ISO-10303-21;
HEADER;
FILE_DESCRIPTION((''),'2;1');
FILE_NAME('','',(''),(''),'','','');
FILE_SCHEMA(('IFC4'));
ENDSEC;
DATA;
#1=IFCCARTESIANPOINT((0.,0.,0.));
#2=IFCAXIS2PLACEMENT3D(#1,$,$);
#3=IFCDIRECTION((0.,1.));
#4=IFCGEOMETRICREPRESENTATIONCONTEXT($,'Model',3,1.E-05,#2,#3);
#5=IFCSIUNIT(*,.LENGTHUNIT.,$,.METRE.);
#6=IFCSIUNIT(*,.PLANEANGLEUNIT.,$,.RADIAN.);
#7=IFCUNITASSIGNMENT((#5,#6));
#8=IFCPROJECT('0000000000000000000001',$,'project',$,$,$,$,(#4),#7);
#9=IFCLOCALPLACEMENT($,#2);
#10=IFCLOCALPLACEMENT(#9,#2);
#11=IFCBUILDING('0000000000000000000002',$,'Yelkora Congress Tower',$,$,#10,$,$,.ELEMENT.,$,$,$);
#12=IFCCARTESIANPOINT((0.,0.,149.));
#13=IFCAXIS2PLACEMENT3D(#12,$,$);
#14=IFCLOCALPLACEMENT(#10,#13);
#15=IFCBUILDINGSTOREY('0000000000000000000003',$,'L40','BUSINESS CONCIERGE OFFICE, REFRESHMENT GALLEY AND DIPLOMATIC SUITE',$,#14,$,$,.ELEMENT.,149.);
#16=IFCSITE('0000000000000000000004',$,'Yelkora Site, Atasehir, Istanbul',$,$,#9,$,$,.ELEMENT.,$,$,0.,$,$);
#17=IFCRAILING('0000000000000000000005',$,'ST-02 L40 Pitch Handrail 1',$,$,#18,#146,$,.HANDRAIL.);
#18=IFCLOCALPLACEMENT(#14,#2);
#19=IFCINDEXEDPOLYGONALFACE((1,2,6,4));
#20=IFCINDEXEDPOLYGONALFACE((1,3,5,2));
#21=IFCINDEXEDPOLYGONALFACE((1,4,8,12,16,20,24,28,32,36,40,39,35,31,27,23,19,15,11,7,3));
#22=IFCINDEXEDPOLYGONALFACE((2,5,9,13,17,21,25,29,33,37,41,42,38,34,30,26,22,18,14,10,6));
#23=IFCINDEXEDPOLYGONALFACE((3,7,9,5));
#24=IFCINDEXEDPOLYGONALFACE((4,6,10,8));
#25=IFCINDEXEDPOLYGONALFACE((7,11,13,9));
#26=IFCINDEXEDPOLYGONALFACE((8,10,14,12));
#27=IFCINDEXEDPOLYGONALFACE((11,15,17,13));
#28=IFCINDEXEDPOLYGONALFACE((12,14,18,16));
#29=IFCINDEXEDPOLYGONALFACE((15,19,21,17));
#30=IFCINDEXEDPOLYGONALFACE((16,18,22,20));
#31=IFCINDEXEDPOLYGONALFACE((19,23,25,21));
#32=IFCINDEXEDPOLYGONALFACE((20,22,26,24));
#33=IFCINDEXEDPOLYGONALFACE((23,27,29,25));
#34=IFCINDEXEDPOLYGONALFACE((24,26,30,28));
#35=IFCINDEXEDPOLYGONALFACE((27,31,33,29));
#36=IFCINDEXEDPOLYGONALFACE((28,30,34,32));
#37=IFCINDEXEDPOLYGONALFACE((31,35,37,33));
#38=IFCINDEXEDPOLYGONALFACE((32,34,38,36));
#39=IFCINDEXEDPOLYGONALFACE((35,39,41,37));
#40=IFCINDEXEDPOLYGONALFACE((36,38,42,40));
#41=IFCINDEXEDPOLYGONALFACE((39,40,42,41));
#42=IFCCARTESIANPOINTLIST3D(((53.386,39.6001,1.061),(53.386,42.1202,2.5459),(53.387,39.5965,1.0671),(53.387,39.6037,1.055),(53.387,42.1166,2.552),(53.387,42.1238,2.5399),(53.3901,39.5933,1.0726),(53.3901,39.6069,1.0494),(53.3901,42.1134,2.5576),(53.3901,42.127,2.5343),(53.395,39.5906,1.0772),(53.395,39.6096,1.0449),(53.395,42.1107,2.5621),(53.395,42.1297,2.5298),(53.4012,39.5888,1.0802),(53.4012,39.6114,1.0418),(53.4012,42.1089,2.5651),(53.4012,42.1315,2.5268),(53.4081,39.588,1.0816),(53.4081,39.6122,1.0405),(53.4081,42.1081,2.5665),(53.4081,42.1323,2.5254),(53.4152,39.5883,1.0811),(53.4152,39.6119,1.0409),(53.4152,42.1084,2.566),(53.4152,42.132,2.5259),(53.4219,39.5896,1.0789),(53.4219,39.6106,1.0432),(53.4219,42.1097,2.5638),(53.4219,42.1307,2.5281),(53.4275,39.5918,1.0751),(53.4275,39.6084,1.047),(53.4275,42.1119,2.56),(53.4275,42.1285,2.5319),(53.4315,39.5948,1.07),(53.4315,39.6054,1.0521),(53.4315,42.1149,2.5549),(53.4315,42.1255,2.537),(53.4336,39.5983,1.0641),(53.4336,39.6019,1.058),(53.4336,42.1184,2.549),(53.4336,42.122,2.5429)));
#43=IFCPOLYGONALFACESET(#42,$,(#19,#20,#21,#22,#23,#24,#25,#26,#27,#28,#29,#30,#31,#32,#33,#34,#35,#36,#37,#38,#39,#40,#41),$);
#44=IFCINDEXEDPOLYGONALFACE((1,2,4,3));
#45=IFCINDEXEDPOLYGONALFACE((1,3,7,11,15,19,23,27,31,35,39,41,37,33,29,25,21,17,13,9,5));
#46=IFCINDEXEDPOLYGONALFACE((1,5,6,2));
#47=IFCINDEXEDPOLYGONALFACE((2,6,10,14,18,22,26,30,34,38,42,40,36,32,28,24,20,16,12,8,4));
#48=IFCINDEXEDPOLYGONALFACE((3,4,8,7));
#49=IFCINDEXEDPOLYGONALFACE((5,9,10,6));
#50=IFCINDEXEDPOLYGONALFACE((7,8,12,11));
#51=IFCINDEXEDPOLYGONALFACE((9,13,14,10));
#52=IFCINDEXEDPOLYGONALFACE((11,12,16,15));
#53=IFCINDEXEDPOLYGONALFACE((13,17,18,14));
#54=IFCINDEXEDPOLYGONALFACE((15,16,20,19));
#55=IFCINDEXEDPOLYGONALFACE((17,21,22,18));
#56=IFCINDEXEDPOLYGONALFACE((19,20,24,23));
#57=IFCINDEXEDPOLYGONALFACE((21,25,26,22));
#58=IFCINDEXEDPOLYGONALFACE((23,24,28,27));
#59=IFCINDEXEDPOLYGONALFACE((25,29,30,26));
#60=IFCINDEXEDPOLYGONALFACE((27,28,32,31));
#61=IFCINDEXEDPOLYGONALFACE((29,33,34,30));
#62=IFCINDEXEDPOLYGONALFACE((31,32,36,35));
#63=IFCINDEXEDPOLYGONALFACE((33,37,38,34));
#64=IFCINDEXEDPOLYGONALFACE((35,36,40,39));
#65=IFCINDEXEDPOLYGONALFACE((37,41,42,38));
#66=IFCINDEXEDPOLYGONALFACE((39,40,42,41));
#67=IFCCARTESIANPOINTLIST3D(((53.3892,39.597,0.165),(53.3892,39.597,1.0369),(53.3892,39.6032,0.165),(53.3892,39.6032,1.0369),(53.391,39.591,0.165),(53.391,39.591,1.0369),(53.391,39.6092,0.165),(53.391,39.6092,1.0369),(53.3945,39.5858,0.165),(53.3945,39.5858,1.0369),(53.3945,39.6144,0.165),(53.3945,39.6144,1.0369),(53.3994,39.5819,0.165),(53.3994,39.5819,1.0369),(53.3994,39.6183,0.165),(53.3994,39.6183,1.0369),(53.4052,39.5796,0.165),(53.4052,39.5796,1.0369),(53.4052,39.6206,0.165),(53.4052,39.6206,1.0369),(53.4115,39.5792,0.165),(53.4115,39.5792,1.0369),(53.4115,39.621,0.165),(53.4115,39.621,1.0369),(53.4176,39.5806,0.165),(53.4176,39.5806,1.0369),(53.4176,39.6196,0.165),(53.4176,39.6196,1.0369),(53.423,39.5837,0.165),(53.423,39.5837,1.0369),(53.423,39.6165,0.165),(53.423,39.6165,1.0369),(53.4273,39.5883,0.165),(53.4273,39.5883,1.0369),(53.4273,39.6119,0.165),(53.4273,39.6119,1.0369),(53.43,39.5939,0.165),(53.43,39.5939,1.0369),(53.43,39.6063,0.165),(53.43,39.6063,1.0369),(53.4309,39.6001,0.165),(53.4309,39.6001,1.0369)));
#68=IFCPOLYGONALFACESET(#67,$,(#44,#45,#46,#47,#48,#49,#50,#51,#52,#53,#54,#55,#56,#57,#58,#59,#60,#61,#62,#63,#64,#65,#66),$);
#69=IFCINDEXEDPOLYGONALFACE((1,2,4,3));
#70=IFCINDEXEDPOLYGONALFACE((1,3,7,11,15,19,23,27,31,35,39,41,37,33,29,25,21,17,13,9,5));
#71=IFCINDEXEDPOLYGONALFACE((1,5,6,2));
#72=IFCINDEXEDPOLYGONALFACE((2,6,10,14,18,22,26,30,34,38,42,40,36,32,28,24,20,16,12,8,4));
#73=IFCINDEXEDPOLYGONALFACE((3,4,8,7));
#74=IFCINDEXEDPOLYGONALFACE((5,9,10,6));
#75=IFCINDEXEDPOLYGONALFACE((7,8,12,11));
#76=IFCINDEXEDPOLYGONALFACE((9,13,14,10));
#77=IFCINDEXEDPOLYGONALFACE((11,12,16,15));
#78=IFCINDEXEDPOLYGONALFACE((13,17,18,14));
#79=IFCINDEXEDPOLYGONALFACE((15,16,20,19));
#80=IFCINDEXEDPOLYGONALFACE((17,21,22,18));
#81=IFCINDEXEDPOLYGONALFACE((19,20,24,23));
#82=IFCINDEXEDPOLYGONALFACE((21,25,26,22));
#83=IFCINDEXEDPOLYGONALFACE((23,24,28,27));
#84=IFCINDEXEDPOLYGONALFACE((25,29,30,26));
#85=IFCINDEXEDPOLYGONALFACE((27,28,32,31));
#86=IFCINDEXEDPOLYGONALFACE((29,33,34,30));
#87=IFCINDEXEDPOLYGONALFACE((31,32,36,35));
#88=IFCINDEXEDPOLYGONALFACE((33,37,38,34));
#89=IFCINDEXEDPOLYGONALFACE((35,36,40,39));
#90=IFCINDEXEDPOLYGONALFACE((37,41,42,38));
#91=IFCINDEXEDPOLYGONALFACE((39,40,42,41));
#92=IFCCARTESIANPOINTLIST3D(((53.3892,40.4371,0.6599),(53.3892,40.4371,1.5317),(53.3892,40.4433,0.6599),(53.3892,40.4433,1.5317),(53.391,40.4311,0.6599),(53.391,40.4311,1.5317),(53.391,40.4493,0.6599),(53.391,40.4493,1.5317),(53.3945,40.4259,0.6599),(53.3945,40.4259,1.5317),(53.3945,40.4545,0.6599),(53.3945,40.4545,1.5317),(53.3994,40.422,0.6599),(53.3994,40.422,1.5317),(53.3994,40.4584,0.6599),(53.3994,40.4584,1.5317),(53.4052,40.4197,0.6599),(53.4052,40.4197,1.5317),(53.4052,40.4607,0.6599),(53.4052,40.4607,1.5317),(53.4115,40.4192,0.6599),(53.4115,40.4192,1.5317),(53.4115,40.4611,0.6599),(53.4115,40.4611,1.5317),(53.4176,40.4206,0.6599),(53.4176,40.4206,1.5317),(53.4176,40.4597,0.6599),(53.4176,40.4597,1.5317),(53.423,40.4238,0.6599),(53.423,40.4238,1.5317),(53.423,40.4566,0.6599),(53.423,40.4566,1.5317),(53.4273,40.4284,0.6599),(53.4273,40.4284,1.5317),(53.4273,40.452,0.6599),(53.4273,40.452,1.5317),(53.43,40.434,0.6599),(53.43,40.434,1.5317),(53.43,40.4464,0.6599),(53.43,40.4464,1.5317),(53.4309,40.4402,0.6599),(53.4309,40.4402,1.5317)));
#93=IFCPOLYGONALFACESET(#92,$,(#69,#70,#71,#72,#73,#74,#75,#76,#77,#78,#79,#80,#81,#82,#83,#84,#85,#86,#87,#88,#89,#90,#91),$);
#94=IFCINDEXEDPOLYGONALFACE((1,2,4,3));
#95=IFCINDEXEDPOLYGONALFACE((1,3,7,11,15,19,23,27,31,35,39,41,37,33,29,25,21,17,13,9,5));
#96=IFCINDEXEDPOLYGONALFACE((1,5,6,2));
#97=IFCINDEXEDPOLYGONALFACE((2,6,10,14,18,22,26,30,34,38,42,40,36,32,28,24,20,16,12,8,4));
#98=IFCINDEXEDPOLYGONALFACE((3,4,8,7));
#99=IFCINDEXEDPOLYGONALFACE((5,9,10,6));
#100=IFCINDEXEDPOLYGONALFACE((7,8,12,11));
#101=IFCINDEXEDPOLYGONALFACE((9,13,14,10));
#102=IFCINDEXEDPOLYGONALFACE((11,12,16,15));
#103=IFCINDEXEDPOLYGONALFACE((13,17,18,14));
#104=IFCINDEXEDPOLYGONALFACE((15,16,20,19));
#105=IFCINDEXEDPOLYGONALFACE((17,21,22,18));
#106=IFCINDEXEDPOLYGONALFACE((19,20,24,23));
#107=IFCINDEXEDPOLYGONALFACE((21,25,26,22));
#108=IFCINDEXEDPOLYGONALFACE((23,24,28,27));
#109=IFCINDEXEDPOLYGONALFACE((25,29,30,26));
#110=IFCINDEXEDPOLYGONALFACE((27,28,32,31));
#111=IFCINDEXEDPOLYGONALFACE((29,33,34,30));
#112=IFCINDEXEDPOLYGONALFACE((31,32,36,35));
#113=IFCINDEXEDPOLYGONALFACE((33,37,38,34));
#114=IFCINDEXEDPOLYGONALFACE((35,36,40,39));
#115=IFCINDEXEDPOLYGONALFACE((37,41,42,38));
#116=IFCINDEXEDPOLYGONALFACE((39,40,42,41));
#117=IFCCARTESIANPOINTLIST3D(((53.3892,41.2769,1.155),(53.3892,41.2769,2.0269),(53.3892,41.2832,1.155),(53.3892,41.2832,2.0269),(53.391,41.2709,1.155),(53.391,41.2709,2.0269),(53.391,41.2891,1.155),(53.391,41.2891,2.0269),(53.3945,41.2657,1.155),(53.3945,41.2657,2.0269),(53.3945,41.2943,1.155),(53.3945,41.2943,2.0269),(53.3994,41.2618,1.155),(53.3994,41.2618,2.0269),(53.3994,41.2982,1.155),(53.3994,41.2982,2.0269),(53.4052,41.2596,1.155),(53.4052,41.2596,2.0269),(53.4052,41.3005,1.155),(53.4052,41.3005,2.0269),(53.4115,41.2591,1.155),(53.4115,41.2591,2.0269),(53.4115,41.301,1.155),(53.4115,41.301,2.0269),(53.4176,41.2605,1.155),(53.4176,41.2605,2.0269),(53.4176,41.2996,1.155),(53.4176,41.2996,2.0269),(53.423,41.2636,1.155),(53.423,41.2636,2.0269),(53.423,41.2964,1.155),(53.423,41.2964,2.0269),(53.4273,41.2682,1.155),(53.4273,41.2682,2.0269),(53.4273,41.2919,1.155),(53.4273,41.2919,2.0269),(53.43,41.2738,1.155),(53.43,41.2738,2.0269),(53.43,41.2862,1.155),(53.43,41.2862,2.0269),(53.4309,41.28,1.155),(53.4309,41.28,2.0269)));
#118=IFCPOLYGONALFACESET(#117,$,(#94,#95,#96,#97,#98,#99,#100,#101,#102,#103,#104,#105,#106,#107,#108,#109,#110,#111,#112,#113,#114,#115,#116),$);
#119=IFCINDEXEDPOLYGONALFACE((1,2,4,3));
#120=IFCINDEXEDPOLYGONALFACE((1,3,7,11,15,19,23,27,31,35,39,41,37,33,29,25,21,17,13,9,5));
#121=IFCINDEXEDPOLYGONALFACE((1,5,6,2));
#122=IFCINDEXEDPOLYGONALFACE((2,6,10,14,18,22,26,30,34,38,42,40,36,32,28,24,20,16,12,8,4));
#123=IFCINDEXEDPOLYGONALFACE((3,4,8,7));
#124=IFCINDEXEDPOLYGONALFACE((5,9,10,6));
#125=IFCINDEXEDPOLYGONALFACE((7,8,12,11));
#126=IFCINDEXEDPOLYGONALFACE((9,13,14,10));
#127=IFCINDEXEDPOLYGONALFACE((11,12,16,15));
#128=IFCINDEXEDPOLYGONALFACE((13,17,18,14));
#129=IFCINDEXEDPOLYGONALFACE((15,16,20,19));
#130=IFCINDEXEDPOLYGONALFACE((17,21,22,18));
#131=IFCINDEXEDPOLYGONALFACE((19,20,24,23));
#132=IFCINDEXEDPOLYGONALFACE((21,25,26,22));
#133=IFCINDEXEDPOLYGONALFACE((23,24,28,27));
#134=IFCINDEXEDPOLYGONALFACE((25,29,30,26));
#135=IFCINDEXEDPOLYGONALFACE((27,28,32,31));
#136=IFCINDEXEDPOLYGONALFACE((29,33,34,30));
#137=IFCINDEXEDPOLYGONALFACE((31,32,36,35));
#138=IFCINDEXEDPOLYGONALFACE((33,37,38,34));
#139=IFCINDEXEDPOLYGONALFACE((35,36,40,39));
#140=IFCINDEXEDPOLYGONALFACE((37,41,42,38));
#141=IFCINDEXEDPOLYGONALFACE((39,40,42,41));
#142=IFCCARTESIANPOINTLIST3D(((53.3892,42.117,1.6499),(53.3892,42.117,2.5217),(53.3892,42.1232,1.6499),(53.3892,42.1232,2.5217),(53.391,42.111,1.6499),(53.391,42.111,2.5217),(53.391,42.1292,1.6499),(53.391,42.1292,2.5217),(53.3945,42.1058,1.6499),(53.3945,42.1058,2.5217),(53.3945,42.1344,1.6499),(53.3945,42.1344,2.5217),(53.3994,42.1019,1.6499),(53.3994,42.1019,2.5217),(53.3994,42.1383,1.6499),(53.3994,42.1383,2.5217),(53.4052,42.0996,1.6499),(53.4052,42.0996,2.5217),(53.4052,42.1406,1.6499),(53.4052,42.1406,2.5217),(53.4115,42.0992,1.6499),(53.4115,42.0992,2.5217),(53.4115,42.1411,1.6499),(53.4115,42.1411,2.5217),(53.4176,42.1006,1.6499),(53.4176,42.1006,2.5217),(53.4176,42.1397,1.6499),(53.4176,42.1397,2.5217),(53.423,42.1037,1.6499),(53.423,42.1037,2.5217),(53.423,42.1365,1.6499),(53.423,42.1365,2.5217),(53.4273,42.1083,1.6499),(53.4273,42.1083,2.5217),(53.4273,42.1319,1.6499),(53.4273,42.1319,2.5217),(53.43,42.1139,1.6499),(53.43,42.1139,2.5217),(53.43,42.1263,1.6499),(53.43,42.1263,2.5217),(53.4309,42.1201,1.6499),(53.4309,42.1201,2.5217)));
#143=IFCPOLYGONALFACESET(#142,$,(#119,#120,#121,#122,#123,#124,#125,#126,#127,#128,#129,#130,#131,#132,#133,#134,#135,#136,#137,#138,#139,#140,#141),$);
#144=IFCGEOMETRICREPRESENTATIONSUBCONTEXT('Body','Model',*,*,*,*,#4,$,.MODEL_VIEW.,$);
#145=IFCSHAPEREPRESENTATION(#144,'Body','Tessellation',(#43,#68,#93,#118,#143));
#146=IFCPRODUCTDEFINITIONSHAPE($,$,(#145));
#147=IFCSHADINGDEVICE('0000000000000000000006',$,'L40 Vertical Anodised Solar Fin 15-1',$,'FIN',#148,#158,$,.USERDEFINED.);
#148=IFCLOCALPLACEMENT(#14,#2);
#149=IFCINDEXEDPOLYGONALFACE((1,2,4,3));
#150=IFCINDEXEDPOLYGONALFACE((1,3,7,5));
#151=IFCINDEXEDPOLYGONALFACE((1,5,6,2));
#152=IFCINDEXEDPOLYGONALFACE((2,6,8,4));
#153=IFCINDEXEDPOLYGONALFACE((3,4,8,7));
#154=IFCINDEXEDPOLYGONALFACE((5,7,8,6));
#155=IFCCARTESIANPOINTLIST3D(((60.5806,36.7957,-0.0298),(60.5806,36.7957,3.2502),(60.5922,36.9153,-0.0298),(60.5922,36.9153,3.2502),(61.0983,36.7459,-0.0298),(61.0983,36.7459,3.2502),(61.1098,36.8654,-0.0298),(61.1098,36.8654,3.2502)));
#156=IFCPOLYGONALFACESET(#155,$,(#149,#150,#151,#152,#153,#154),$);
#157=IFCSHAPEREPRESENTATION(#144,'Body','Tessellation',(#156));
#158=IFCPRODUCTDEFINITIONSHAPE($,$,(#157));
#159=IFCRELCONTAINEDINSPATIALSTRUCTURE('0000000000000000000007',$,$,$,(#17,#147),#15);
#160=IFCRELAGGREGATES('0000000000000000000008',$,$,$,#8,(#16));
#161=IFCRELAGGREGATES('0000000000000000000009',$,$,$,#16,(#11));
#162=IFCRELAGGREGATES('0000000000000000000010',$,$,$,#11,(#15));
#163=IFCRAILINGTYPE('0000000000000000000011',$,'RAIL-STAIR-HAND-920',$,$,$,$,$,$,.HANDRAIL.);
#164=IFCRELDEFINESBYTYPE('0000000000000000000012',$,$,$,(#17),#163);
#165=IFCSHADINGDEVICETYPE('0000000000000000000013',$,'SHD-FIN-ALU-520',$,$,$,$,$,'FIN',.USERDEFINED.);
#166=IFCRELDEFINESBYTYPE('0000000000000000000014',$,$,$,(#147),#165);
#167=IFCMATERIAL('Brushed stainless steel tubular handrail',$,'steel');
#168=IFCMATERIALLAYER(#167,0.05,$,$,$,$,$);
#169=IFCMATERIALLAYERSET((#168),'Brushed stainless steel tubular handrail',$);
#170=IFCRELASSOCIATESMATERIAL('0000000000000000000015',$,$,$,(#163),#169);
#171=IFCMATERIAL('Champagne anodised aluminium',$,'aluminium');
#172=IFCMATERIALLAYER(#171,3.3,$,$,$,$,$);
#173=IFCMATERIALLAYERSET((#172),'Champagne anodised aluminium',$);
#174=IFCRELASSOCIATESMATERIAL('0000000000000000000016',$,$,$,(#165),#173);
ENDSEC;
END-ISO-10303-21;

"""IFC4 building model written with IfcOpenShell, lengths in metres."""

from ifc_helpers import new_model, si_unit, direction, frame, origin, origin_2d, place, context, subcontext, project, spatial, rectangle, circle, extrude, material, layer, layer_set, type_object, element, save


model = new_model("IFC4")

# Units and contexts
model_context = context("Model", 3, precision=1e-05, world=origin(), true_north=direction((0.0, 1.0)))
body_context = subcontext(model_context, "Body", "Model", "MODEL_VIEW")
ifc_project = project(units=[si_unit("LENGTHUNIT", "METRE"), si_unit("PLANEANGLEUNIT", "RADIAN")], contexts=[model_context])

# Site, building, storey
site_placement = place(None, origin())
site = spatial("IfcSite", under=ifc_project, at=site_placement, Name="Yelkora Site, Atasehir, Istanbul", CompositionType="ELEMENT", RefElevation=0.0)
building_placement = place(site_placement, origin())
building = spatial("IfcBuilding", under=site, at=building_placement, Name="Yelkora Congress Tower", CompositionType="ELEMENT")
storey_placement = place(building_placement, frame((0.0, 0.0, 149.0)))
storey = spatial("IfcBuildingStorey", under=building, at=storey_placement, Name="L40", Description="BUSINESS CONCIERGE OFFICE, REFRESHMENT GALLEY AND DIPLOMATIC SUITE", CompositionType="ELEMENT", Elevation=149.0)

# Railing
ifc_material_1 = material(Name="Brushed stainless steel tubular handrail", Category="steel")
ifc_layer_1 = layer(ifc_material_1, 0.05)
ifc_layer_set_1 = layer_set([ifc_layer_1], Name="Brushed stainless steel tubular handrail")
railing_type_1 = type_object("IfcRailingType", Name="RAIL-STAIR-HAND-920", PredefinedType="HANDRAIL", material=ifc_layer_set_1)
railing_1_placement = place(storey_placement, frame((53.4099, 39.6001, 0.165)))
element("IfcRailing", 1, at=railing_1_placement, inside=storey, type_object=railing_type_1, Name="ST-02 L40 Pitch Handrail 1", PredefinedType="HANDRAIL", context=body_context, shape_type="SweptSolid", body=[
    extrude(circle(Radius=0.0239, at=origin_2d()), frame((0.0, 0.0, 0.896), z_axis=(0.0, 0.861561, 0.507655), x_axis=(-1.0, 0.0, 0.0)), (0.0, 0.0, 1.0), 2.925),
    extrude(circle(Radius=0.021, at=origin_2d()), origin(), (0.0, 0.0, 1.0), 0.8718),
    extrude(circle(Radius=0.021, at=origin_2d()), frame((0.0, 0.8401, 0.4949)), (0.0, 0.0, 1.0), 0.8718),
    extrude(circle(Radius=0.021, at=origin_2d()), frame((0.0, 1.6799, 0.99)), (0.0, 0.0, 1.0), 0.8718),
    extrude(circle(Radius=0.021, at=origin_2d()), frame((0.0, 2.52, 1.4849)), (0.0, 0.0, 1.0), 0.8718),
])

# Shading device
ifc_material_2 = material(Name="Champagne anodised aluminium", Category="aluminium")
ifc_layer_2 = layer(ifc_material_2, 3.3)
ifc_layer_set_2 = layer_set([ifc_layer_2], Name="Champagne anodised aluminium")
shading_device_type = type_object("IfcShadingDeviceType", Name="SHD-FIN-ALU-520", ElementType="FIN", PredefinedType="USERDEFINED", material=ifc_layer_set_2)
shading_device_placement = place(storey_placement, frame((60.8452, 36.8306, -0.0298), z_axis=(0.0, 0.0, 1.0), x_axis=(-0.095846, -0.995396, 0.0)))
element("IfcShadingDevice", 2, at=shading_device_placement, inside=storey, type_object=shading_device_type, Name="L40 Vertical Anodised Solar Fin 15-1", ObjectType="FIN", PredefinedType="USERDEFINED", context=body_context, shape_type="SweptSolid", body=[
    extrude(rectangle(XDim=0.1201, YDim=0.52, at=origin_2d()), origin(), (0.0, 0.0, 1.0), 3.28),
])

save(model, "model.ifc")
